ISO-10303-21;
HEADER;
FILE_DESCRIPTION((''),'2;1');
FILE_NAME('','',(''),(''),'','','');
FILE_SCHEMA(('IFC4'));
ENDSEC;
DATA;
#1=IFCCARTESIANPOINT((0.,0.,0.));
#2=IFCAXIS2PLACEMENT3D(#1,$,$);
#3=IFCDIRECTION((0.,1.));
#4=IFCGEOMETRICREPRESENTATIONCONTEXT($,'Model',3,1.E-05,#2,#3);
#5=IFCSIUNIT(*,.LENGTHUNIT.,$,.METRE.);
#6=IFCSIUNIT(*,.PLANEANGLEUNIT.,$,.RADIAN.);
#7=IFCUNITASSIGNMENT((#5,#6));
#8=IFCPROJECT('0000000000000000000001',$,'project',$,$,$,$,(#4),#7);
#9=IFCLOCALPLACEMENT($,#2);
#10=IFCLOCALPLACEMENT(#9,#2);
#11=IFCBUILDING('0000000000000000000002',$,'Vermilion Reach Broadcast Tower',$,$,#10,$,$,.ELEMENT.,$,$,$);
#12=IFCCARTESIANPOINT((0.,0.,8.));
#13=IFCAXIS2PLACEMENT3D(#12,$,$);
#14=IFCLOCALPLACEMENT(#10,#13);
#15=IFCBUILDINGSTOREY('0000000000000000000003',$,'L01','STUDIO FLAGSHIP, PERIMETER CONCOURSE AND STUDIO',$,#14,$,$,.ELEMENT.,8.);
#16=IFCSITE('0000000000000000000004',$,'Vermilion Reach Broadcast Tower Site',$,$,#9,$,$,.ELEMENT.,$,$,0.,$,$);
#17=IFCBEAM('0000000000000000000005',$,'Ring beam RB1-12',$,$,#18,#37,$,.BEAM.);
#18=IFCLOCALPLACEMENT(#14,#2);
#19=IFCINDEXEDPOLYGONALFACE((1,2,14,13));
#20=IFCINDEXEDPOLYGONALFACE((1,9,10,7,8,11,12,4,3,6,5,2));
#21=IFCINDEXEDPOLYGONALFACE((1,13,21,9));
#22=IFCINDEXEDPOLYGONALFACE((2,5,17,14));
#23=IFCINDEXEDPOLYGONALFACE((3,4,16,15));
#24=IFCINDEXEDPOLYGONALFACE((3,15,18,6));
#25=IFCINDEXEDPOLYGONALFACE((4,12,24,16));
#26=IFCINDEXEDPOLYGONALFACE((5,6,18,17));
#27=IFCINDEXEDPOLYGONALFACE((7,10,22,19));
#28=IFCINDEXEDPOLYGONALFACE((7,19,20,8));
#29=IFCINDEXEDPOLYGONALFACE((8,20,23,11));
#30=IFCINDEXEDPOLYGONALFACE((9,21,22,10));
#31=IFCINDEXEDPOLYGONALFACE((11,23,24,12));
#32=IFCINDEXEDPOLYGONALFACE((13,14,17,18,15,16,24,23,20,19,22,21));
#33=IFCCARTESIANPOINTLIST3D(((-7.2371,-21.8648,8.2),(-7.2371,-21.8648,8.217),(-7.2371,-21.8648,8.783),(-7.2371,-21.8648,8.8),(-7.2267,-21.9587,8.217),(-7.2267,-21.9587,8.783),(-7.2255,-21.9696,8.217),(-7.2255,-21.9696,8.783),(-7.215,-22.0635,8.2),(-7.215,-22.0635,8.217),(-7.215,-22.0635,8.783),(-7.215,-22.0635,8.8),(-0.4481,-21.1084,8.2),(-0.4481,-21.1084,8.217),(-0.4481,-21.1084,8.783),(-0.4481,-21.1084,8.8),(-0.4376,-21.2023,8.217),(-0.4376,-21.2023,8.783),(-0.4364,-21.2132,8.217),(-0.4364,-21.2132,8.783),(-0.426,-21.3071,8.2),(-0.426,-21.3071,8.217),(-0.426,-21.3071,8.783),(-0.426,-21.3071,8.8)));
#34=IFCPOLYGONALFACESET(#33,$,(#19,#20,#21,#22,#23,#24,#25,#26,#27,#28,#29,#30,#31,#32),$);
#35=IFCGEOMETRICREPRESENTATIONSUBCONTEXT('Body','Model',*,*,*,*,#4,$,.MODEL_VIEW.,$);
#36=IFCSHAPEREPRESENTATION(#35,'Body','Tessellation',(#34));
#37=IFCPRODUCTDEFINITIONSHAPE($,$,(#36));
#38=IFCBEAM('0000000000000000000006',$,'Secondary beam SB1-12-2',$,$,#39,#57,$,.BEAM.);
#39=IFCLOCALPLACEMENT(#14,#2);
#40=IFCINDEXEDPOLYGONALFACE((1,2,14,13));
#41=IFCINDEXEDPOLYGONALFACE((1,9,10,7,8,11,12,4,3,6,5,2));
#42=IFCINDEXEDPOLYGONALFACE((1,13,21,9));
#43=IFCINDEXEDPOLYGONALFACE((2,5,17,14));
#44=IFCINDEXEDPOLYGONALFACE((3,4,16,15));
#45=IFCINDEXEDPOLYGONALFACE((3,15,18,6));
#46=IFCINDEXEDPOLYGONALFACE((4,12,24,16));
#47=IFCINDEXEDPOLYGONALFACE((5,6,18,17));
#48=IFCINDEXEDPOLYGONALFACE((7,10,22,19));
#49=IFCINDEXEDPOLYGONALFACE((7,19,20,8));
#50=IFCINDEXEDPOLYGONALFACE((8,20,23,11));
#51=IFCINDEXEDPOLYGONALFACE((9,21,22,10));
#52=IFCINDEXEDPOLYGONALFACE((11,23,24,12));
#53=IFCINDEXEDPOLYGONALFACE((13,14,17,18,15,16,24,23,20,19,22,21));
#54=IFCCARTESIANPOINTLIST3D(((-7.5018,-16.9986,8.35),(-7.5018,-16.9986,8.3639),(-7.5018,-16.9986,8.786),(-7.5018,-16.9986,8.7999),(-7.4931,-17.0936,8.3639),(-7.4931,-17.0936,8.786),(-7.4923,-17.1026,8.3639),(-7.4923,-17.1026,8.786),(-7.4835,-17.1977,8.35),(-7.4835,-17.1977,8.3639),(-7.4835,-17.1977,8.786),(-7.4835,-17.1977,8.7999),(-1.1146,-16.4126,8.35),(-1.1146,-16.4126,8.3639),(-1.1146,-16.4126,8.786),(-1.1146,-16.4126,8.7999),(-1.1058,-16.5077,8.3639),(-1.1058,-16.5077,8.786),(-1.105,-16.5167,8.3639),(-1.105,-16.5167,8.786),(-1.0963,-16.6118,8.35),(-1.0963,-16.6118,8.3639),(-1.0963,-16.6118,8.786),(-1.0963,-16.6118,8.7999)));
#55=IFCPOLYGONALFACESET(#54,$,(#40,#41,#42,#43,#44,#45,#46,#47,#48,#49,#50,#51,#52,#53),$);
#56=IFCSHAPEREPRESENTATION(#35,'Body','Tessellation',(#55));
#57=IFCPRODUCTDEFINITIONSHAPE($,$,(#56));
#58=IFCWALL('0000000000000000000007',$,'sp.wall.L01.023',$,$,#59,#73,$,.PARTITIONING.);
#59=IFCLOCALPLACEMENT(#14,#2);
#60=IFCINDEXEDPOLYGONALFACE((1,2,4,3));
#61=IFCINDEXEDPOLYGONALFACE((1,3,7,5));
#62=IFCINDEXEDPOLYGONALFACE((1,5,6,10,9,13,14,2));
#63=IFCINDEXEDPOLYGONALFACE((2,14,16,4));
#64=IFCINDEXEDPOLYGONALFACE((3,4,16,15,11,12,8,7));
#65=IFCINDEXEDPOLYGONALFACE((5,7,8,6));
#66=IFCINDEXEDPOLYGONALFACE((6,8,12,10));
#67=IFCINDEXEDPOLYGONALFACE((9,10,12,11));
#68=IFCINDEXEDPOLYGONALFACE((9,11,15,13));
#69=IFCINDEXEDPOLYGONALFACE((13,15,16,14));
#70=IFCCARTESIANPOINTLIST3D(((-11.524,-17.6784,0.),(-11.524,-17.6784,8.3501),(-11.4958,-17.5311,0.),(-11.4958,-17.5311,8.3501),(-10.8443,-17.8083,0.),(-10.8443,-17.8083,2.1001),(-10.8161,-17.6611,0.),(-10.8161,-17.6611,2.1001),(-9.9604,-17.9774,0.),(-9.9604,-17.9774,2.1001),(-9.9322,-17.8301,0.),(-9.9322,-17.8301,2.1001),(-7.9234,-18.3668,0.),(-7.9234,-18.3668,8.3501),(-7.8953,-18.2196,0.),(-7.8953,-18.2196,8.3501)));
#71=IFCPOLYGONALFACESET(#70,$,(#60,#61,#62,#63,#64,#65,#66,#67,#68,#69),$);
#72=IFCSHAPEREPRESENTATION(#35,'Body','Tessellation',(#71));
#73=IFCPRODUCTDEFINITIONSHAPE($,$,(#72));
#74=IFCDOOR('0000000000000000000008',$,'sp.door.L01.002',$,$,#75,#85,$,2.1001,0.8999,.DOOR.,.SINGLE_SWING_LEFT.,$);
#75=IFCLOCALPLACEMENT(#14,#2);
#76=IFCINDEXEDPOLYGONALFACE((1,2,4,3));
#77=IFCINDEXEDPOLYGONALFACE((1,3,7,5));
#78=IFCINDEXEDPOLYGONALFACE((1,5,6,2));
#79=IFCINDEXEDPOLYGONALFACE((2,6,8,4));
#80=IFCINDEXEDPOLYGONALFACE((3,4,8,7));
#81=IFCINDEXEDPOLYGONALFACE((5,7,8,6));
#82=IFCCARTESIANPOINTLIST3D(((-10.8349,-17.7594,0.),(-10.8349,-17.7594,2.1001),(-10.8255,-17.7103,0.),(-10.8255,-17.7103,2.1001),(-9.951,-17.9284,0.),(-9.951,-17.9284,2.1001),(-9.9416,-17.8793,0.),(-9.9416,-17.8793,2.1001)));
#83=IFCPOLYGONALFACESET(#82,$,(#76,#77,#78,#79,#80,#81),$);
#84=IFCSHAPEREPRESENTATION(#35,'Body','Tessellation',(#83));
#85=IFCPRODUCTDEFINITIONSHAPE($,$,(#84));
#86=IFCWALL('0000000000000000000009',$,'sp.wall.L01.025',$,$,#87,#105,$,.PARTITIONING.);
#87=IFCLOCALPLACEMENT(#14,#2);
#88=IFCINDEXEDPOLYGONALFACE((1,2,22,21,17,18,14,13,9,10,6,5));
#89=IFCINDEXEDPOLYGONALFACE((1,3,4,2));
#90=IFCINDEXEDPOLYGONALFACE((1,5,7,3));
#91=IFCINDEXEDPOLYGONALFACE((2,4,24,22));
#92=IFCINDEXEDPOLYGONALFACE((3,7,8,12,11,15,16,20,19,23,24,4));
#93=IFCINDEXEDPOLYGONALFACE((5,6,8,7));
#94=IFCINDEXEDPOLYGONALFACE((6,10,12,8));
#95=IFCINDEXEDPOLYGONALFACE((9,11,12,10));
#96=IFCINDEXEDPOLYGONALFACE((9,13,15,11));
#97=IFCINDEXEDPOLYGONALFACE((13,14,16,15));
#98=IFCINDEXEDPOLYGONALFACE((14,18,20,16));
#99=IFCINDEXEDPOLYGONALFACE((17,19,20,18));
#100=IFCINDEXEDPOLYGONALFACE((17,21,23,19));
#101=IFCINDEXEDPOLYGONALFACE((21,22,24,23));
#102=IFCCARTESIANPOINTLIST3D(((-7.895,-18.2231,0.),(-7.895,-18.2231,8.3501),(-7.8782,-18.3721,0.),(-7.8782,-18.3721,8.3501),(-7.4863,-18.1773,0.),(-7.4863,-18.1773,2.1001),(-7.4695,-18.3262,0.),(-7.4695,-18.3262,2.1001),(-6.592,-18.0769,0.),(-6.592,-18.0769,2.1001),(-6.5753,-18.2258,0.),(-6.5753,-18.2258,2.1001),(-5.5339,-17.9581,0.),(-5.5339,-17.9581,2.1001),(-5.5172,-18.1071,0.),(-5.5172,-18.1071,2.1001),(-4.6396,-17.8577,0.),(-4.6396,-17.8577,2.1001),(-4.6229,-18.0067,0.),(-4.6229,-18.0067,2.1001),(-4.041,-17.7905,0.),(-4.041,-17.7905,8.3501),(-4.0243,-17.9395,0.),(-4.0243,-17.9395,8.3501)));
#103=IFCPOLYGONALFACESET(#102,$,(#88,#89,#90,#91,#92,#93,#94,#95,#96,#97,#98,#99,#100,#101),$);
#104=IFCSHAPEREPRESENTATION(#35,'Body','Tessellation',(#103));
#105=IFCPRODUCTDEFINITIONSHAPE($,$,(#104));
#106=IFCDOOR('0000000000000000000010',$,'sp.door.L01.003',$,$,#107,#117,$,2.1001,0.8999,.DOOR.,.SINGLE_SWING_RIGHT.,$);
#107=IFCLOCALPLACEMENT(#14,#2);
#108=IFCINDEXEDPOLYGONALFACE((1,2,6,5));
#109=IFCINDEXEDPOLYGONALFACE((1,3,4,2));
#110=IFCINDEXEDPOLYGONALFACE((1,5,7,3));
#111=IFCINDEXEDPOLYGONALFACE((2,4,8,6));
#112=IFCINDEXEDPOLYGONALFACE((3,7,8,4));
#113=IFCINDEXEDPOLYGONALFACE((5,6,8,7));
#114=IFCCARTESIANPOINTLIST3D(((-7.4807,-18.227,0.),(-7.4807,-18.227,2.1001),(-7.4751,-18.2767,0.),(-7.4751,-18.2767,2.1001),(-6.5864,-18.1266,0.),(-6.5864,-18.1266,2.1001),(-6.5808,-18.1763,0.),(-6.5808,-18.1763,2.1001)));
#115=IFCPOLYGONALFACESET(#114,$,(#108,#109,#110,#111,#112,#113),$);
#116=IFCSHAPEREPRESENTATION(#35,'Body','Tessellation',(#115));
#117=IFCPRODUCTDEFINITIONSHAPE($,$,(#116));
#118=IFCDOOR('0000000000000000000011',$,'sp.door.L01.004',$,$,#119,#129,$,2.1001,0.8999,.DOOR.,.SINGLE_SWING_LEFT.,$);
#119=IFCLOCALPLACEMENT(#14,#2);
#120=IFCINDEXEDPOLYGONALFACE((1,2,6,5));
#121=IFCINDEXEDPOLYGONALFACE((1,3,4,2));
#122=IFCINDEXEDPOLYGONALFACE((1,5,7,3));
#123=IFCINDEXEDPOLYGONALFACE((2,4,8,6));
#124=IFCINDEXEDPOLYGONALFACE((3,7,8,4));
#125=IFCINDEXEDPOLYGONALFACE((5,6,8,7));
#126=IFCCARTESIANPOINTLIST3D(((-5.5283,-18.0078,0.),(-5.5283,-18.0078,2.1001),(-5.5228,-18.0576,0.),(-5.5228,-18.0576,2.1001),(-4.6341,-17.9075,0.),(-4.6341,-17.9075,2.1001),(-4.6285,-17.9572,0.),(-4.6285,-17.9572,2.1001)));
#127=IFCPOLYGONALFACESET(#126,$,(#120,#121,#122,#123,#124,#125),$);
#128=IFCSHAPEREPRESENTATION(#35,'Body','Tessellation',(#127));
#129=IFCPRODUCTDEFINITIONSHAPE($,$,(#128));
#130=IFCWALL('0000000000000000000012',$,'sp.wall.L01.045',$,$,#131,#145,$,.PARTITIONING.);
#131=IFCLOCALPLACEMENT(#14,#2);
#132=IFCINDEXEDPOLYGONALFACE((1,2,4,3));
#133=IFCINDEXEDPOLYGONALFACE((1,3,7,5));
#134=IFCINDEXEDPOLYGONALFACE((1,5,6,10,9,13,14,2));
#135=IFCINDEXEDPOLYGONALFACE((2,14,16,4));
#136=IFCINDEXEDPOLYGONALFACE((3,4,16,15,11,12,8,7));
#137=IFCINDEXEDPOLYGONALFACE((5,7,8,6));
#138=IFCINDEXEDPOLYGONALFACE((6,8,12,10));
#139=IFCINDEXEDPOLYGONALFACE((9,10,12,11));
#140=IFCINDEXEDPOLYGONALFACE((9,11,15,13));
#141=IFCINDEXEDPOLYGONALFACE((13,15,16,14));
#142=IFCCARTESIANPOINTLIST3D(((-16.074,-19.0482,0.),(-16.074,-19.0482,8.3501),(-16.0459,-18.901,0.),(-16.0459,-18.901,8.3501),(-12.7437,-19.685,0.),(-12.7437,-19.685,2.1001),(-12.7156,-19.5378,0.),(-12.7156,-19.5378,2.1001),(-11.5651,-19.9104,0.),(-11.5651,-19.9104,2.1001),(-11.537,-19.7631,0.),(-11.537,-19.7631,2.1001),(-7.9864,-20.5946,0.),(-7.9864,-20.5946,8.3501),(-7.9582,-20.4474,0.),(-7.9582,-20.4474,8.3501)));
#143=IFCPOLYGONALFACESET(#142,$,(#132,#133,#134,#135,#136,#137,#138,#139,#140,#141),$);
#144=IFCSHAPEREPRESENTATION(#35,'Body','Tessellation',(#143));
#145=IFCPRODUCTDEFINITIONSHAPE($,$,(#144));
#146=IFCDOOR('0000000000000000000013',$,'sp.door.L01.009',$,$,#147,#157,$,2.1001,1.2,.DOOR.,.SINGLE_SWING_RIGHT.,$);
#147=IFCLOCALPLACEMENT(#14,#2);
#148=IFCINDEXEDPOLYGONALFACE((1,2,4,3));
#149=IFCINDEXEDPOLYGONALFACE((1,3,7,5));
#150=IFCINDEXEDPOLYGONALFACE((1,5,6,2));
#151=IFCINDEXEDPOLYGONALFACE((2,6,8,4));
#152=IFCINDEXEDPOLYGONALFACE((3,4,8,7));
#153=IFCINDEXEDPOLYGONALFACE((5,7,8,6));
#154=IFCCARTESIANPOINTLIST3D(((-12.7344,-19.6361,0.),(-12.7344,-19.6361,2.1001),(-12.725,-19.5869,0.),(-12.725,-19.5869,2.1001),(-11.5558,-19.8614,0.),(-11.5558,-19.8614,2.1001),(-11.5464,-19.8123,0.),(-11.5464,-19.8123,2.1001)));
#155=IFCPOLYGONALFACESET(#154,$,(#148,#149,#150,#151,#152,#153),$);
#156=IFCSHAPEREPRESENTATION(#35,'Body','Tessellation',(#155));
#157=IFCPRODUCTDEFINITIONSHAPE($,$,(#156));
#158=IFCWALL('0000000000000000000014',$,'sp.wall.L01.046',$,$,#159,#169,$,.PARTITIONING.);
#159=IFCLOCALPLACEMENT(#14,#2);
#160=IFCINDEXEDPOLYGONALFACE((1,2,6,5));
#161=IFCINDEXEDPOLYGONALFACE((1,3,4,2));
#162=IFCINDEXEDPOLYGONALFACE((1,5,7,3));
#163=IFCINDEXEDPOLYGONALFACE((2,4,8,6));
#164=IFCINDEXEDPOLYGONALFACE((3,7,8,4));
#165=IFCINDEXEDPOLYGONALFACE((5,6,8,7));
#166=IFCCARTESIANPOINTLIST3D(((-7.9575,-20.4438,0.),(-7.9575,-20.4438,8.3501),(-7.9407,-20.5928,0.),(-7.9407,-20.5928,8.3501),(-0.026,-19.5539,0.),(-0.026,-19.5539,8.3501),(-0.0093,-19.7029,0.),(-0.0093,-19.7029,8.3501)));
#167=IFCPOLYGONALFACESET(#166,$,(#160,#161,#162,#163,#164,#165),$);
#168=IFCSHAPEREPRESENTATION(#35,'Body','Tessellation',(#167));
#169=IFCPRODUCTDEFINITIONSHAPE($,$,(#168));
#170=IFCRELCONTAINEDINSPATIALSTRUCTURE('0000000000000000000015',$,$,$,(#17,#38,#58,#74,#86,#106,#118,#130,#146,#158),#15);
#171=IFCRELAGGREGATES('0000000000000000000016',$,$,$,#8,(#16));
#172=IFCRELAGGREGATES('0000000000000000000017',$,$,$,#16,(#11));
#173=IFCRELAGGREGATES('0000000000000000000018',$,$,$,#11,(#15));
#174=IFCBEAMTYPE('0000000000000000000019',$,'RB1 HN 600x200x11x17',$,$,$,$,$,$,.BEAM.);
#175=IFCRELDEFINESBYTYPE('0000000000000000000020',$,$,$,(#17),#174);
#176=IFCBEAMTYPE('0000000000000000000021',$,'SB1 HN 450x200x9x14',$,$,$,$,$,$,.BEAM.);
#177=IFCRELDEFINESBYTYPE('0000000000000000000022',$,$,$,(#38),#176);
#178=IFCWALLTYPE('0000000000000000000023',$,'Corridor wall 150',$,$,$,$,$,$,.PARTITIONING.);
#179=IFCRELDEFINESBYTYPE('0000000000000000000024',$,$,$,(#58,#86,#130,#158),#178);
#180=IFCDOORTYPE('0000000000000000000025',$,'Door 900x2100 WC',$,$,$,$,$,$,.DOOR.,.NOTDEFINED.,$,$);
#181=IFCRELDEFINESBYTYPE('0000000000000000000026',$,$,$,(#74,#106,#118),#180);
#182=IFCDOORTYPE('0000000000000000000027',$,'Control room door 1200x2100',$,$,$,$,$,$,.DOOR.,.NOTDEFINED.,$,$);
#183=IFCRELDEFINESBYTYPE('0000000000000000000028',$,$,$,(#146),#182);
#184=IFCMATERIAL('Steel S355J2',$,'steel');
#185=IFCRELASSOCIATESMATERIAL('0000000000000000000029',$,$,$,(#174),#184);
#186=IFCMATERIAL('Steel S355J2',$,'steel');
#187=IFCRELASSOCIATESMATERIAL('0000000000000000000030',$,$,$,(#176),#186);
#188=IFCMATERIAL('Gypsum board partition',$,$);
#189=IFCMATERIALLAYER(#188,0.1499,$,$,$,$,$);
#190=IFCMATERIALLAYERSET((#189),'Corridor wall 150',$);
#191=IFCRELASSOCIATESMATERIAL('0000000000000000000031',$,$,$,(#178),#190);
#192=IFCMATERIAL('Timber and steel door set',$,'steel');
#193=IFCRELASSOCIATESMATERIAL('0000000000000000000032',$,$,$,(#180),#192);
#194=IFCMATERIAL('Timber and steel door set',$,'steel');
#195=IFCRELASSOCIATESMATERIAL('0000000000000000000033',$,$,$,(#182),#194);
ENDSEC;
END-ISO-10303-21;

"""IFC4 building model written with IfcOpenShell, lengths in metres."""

from ifc_helpers import new_model, si_unit, direction, frame, frame_2d, origin, origin_2d, place, context, subcontext, project, spatial, rectangle, i_section, extrude, material, layer, layer_set, material_profile, profile_set, type_object, element, fill, save


model = new_model("IFC4")

# Units and contexts
model_context = context("Model", 3, precision=1e-05, world=origin(), true_north=direction((0.0, 1.0)))
body_context = subcontext(model_context, "Body", "Model", "MODEL_VIEW")
ifc_project = project(units=[si_unit("LENGTHUNIT", "METRE"), si_unit("PLANEANGLEUNIT", "RADIAN")], contexts=[model_context])

# Site, building, storey
site_placement = place(None, origin())
site = spatial("IfcSite", under=ifc_project, at=site_placement, Name="Vermilion Reach Broadcast Tower Site", CompositionType="ELEMENT", RefElevation=0.0)
building_placement = place(site_placement, origin())
building = spatial("IfcBuilding", under=site, at=building_placement, Name="Vermilion Reach Broadcast Tower", CompositionType="ELEMENT")
storey_placement = place(building_placement, frame((0.0, 0.0, 8.0)))
storey = spatial("IfcBuildingStorey", under=building, at=storey_placement, Name="L01", Description="STUDIO FLAGSHIP, PERIMETER CONCOURSE AND STUDIO", CompositionType="ELEMENT", Elevation=8.0)

# Beams
ifc_material_1 = material(Name="Steel S355J2", Category="steel")
ifc_material_profile_1 = material_profile(ifc_material_1, i_section(OverallWidth=0.2, OverallDepth=0.6001, WebThickness=0.011, FlangeThickness=0.0171, at=origin_2d()), Name="S355J2 HN 600x200x11x17")
ifc_profile_set_1 = profile_set([ifc_material_profile_1], Name="Steel S355J2")
beam_type_1 = type_object("IfcBeamType", Name="RB1 HN 600x200x11x17", PredefinedType="BEAM", material=ifc_profile_set_1)
beam_1_placement = place(storey_placement, frame((-7.2261, -21.9641, 8.5), z_axis=(0.993851, 0.110722, 0.0), x_axis=(-0.110722, 0.993851, 0.0)))
element("IfcBeam", 1, at=beam_1_placement, inside=storey, type_object=beam_type_1, Name="Ring beam RB1-12", PredefinedType="BEAM", context=body_context, shape_type="SweptSolid", body=[
    extrude(i_section(OverallWidth=0.2, OverallDepth=0.6001, WebThickness=0.011, FlangeThickness=0.0171, at=origin_2d()), origin(), (0.0, 0.0, 1.0), 6.8311),
])
ifc_material_2 = material(Name="Steel S355J2", Category="steel")
ifc_material_profile_2 = material_profile(ifc_material_2, i_section(OverallWidth=0.2, OverallDepth=0.45, WebThickness=0.009, FlangeThickness=0.0139, at=origin_2d()), Name="S355J2 HN 450x200x9x14")
ifc_profile_set_2 = profile_set([ifc_material_profile_2], Name="Steel S355J2")
beam_type_2 = type_object("IfcBeamType", Name="SB1 HN 450x200x9x14", PredefinedType="BEAM", material=ifc_profile_set_2)
beam_2_placement = place(storey_placement, frame((-7.4927, -17.0981, 8.575), z_axis=(0.995819, 0.091353, 0.0), x_axis=(-0.091353, 0.995819, 0.0)))
element("IfcBeam", 2, at=beam_2_placement, inside=storey, type_object=beam_type_2, Name="Secondary beam SB1-12-2", PredefinedType="BEAM", context=body_context, shape_type="SweptSolid", body=[
    extrude(i_section(OverallWidth=0.2, OverallDepth=0.45, WebThickness=0.009, FlangeThickness=0.0139, at=origin_2d()), origin(), (0.0, 0.0, 1.0), 6.4141),
])

# Wall, opening, door
ifc_material_3 = material(Name="Gypsum board partition")
ifc_layer_1 = layer(ifc_material_3, 0.1499)
ifc_layer_set_1 = layer_set([ifc_layer_1], Name="Corridor wall 150")
wall_type_1 = type_object("IfcWallType", Name="Corridor wall 150", PredefinedType="PARTITIONING", material=ifc_layer_set_1)
wall_1_placement = place(storey_placement, frame((-11.51, -17.6047, 0.0), z_axis=(0.0, 0.0, 1.0), x_axis=(0.982205, -0.18781, 0.0)))
wall_1 = element("IfcWall", 3, at=wall_1_placement, inside=storey, type_object=wall_type_1, Name="sp.wall.L01.023", PredefinedType="PARTITIONING", context=body_context, shape_type="SweptSolid", body=[
    extrude(rectangle(XDim=3.6658, YDim=0.1499, at=frame_2d((1.833, 0.0))), origin(), (0.0, 0.0, 1.0), 8.3501),
])
opening_1_placement = place(wall_1_placement, frame((0.6921, 0.0, 0.0)))
opening_1 = element("IfcOpeningElement", 4, at=opening_1_placement, cuts=wall_1, PredefinedType="OPENING", context=body_context, shape_type="SweptSolid", body=[
    extrude(rectangle(XDim=0.8999, YDim=2.1001, at=frame_2d((0.45, 1.05))), frame((0.0, 0.085, 0.0), z_axis=(0.0, -1.0, 0.0), x_axis=(1.0, 0.0, 0.0)), (0.0, 0.0, 1.0), 0.1699),
])
ifc_material_4 = material(Name="Timber and steel door set", Category="steel")
door_type_1 = type_object("IfcDoorType", Name="Door 900x2100 WC", OperationType="NOTDEFINED", PredefinedType="DOOR", material=ifc_material_4)
door_1_placement = place(opening_1_placement, origin())
door_1 = element("IfcDoor", 5, at=door_1_placement, inside=storey, type_object=door_type_1, Name="sp.door.L01.002", OperationType="SINGLE_SWING_LEFT", OverallHeight=2.1001, OverallWidth=0.8999, PredefinedType="DOOR", context=body_context, shape_type="SweptSolid", body=[
    extrude(rectangle(XDim=0.8999, YDim=2.1001, at=frame_2d((0.45, 1.05))), frame((0.0, 0.0249, 0.0), z_axis=(0.0, -1.0, 0.0), x_axis=(1.0, 0.0, 0.0)), (0.0, 0.0, 1.0), 0.05),
])
fill(opening_1, door_1)

# Wall, openings, doors
wall_2_placement = place(storey_placement, frame((-7.8865, -18.2976, 0.0), z_axis=(0.0, 0.0, 1.0), x_axis=(0.993759, 0.111551, 0.0)))
wall_2 = element("IfcWall", 6, at=wall_2_placement, inside=storey, type_object=wall_type_1, Name="sp.wall.L01.025", PredefinedType="PARTITIONING", context=body_context, shape_type="SweptSolid", body=[
    extrude(rectangle(XDim=3.8782, YDim=0.1499, at=frame_2d((1.939, 0.0))), origin(), (0.0, 0.0, 1.0), 8.3501),
])
opening_2_placement = place(wall_2_placement, frame((0.4111, 0.0, 0.0)))
opening_2 = element("IfcOpeningElement", 7, at=opening_2_placement, cuts=wall_2, PredefinedType="OPENING", context=body_context, shape_type="SweptSolid", body=[
    extrude(rectangle(XDim=0.8999, YDim=2.1001, at=frame_2d((0.45, 1.05))), frame((0.0, 0.085, 0.0), z_axis=(0.0, -1.0, 0.0), x_axis=(1.0, 0.0, 0.0)), (0.0, 0.0, 1.0), 0.1699),
])
opening_3_placement = place(wall_2_placement, frame((2.3757, 0.0, 0.0)))
opening_3 = element("IfcOpeningElement", 8, at=opening_3_placement, cuts=wall_2, PredefinedType="OPENING", context=body_context, shape_type="SweptSolid", body=[
    extrude(rectangle(XDim=0.8999, YDim=2.1001, at=frame_2d((0.45, 1.05))), frame((0.0, 0.085, 0.0), z_axis=(0.0, -1.0, 0.0), x_axis=(1.0, 0.0, 0.0)), (0.0, 0.0, 1.0), 0.1699),
])
door_2_placement = place(opening_2_placement, origin())
door_2 = element("IfcDoor", 9, at=door_2_placement, inside=storey, type_object=door_type_1, Name="sp.door.L01.003", OperationType="SINGLE_SWING_RIGHT", OverallHeight=2.1001, OverallWidth=0.8999, PredefinedType="DOOR", context=body_context, shape_type="SweptSolid", body=[
    extrude(rectangle(XDim=0.8999, YDim=2.1001, at=frame_2d((0.45, 1.05))), frame((0.0, 0.0249, 0.0), z_axis=(0.0, -1.0, 0.0), x_axis=(1.0, 0.0, 0.0)), (0.0, 0.0, 1.0), 0.05),
])
fill(opening_2, door_2)
door_3_placement = place(opening_3_placement, origin())
door_3 = element("IfcDoor", 10, at=door_3_placement, inside=storey, type_object=door_type_1, Name="sp.door.L01.004", OperationType="SINGLE_SWING_LEFT", OverallHeight=2.1001, OverallWidth=0.8999, PredefinedType="DOOR", context=body_context, shape_type="SweptSolid", body=[
    extrude(rectangle(XDim=0.8999, YDim=2.1001, at=frame_2d((0.45, 1.05))), frame((0.0, 0.0249, 0.0), z_axis=(0.0, -1.0, 0.0), x_axis=(1.0, 0.0, 0.0)), (0.0, 0.0, 1.0), 0.05),
])
fill(opening_3, door_3)

# Wall, opening, door
wall_3_placement = place(storey_placement, frame((-16.0601, -18.9746, 0.0), z_axis=(0.0, 0.0, 1.0), x_axis=(0.982207, -0.187801, 0.0)))
wall_3 = element("IfcWall", 11, at=wall_3_placement, inside=storey, type_object=wall_type_1, Name="sp.wall.L01.045", PredefinedType="PARTITIONING", context=body_context, shape_type="SweptSolid", body=[
    extrude(rectangle(XDim=8.2341, YDim=0.1499, at=frame_2d((4.1172, 0.0))), origin(), (0.0, 0.0, 1.0), 8.3501),
])
opening_4_placement = place(wall_3_placement, frame((3.3906, 0.0, 0.0)))
opening_4 = element("IfcOpeningElement", 12, at=opening_4_placement, cuts=wall_3, PredefinedType="OPENING", context=body_context, shape_type="SweptSolid", body=[
    extrude(rectangle(XDim=1.2, YDim=2.1001, at=frame_2d((0.6001, 1.05))), frame((0.0, 0.085, 0.0), z_axis=(0.0, -1.0, 0.0), x_axis=(1.0, 0.0, 0.0)), (0.0, 0.0, 1.0), 0.1699),
])
ifc_material_5 = material(Name="Timber and steel door set", Category="steel")
door_type_2 = type_object("IfcDoorType", Name="Control room door 1200x2100", OperationType="NOTDEFINED", PredefinedType="DOOR", material=ifc_material_5)
door_4_placement = place(opening_4_placement, origin())
door_4 = element("IfcDoor", 13, at=door_4_placement, inside=storey, type_object=door_type_2, Name="sp.door.L01.009", OperationType="SINGLE_SWING_RIGHT", OverallHeight=2.1001, OverallWidth=1.2, PredefinedType="DOOR", context=body_context, shape_type="SweptSolid", body=[
    extrude(rectangle(XDim=1.2, YDim=2.1001, at=frame_2d((0.6001, 1.05))), frame((0.0, 0.0249, 0.0), z_axis=(0.0, -1.0, 0.0), x_axis=(1.0, 0.0, 0.0)), (0.0, 0.0, 1.0), 0.05),
])
fill(opening_4, door_4)

# Wall
wall_4_placement = place(storey_placement, frame((-7.9492, -20.5183, 0.0), z_axis=(0.0, 0.0, 1.0), x_axis=(0.993765, 0.111499, 0.0)))
element("IfcWall", 14, at=wall_4_placement, inside=storey, type_object=wall_type_1, Name="sp.wall.L01.046", PredefinedType="PARTITIONING", context=body_context, shape_type="SweptSolid", body=[
    extrude(rectangle(XDim=7.9812, YDim=0.1499, at=frame_2d((3.9907, 0.0))), origin(), (0.0, 0.0, 1.0), 8.3501),
])

save(model, "model.ifc")
